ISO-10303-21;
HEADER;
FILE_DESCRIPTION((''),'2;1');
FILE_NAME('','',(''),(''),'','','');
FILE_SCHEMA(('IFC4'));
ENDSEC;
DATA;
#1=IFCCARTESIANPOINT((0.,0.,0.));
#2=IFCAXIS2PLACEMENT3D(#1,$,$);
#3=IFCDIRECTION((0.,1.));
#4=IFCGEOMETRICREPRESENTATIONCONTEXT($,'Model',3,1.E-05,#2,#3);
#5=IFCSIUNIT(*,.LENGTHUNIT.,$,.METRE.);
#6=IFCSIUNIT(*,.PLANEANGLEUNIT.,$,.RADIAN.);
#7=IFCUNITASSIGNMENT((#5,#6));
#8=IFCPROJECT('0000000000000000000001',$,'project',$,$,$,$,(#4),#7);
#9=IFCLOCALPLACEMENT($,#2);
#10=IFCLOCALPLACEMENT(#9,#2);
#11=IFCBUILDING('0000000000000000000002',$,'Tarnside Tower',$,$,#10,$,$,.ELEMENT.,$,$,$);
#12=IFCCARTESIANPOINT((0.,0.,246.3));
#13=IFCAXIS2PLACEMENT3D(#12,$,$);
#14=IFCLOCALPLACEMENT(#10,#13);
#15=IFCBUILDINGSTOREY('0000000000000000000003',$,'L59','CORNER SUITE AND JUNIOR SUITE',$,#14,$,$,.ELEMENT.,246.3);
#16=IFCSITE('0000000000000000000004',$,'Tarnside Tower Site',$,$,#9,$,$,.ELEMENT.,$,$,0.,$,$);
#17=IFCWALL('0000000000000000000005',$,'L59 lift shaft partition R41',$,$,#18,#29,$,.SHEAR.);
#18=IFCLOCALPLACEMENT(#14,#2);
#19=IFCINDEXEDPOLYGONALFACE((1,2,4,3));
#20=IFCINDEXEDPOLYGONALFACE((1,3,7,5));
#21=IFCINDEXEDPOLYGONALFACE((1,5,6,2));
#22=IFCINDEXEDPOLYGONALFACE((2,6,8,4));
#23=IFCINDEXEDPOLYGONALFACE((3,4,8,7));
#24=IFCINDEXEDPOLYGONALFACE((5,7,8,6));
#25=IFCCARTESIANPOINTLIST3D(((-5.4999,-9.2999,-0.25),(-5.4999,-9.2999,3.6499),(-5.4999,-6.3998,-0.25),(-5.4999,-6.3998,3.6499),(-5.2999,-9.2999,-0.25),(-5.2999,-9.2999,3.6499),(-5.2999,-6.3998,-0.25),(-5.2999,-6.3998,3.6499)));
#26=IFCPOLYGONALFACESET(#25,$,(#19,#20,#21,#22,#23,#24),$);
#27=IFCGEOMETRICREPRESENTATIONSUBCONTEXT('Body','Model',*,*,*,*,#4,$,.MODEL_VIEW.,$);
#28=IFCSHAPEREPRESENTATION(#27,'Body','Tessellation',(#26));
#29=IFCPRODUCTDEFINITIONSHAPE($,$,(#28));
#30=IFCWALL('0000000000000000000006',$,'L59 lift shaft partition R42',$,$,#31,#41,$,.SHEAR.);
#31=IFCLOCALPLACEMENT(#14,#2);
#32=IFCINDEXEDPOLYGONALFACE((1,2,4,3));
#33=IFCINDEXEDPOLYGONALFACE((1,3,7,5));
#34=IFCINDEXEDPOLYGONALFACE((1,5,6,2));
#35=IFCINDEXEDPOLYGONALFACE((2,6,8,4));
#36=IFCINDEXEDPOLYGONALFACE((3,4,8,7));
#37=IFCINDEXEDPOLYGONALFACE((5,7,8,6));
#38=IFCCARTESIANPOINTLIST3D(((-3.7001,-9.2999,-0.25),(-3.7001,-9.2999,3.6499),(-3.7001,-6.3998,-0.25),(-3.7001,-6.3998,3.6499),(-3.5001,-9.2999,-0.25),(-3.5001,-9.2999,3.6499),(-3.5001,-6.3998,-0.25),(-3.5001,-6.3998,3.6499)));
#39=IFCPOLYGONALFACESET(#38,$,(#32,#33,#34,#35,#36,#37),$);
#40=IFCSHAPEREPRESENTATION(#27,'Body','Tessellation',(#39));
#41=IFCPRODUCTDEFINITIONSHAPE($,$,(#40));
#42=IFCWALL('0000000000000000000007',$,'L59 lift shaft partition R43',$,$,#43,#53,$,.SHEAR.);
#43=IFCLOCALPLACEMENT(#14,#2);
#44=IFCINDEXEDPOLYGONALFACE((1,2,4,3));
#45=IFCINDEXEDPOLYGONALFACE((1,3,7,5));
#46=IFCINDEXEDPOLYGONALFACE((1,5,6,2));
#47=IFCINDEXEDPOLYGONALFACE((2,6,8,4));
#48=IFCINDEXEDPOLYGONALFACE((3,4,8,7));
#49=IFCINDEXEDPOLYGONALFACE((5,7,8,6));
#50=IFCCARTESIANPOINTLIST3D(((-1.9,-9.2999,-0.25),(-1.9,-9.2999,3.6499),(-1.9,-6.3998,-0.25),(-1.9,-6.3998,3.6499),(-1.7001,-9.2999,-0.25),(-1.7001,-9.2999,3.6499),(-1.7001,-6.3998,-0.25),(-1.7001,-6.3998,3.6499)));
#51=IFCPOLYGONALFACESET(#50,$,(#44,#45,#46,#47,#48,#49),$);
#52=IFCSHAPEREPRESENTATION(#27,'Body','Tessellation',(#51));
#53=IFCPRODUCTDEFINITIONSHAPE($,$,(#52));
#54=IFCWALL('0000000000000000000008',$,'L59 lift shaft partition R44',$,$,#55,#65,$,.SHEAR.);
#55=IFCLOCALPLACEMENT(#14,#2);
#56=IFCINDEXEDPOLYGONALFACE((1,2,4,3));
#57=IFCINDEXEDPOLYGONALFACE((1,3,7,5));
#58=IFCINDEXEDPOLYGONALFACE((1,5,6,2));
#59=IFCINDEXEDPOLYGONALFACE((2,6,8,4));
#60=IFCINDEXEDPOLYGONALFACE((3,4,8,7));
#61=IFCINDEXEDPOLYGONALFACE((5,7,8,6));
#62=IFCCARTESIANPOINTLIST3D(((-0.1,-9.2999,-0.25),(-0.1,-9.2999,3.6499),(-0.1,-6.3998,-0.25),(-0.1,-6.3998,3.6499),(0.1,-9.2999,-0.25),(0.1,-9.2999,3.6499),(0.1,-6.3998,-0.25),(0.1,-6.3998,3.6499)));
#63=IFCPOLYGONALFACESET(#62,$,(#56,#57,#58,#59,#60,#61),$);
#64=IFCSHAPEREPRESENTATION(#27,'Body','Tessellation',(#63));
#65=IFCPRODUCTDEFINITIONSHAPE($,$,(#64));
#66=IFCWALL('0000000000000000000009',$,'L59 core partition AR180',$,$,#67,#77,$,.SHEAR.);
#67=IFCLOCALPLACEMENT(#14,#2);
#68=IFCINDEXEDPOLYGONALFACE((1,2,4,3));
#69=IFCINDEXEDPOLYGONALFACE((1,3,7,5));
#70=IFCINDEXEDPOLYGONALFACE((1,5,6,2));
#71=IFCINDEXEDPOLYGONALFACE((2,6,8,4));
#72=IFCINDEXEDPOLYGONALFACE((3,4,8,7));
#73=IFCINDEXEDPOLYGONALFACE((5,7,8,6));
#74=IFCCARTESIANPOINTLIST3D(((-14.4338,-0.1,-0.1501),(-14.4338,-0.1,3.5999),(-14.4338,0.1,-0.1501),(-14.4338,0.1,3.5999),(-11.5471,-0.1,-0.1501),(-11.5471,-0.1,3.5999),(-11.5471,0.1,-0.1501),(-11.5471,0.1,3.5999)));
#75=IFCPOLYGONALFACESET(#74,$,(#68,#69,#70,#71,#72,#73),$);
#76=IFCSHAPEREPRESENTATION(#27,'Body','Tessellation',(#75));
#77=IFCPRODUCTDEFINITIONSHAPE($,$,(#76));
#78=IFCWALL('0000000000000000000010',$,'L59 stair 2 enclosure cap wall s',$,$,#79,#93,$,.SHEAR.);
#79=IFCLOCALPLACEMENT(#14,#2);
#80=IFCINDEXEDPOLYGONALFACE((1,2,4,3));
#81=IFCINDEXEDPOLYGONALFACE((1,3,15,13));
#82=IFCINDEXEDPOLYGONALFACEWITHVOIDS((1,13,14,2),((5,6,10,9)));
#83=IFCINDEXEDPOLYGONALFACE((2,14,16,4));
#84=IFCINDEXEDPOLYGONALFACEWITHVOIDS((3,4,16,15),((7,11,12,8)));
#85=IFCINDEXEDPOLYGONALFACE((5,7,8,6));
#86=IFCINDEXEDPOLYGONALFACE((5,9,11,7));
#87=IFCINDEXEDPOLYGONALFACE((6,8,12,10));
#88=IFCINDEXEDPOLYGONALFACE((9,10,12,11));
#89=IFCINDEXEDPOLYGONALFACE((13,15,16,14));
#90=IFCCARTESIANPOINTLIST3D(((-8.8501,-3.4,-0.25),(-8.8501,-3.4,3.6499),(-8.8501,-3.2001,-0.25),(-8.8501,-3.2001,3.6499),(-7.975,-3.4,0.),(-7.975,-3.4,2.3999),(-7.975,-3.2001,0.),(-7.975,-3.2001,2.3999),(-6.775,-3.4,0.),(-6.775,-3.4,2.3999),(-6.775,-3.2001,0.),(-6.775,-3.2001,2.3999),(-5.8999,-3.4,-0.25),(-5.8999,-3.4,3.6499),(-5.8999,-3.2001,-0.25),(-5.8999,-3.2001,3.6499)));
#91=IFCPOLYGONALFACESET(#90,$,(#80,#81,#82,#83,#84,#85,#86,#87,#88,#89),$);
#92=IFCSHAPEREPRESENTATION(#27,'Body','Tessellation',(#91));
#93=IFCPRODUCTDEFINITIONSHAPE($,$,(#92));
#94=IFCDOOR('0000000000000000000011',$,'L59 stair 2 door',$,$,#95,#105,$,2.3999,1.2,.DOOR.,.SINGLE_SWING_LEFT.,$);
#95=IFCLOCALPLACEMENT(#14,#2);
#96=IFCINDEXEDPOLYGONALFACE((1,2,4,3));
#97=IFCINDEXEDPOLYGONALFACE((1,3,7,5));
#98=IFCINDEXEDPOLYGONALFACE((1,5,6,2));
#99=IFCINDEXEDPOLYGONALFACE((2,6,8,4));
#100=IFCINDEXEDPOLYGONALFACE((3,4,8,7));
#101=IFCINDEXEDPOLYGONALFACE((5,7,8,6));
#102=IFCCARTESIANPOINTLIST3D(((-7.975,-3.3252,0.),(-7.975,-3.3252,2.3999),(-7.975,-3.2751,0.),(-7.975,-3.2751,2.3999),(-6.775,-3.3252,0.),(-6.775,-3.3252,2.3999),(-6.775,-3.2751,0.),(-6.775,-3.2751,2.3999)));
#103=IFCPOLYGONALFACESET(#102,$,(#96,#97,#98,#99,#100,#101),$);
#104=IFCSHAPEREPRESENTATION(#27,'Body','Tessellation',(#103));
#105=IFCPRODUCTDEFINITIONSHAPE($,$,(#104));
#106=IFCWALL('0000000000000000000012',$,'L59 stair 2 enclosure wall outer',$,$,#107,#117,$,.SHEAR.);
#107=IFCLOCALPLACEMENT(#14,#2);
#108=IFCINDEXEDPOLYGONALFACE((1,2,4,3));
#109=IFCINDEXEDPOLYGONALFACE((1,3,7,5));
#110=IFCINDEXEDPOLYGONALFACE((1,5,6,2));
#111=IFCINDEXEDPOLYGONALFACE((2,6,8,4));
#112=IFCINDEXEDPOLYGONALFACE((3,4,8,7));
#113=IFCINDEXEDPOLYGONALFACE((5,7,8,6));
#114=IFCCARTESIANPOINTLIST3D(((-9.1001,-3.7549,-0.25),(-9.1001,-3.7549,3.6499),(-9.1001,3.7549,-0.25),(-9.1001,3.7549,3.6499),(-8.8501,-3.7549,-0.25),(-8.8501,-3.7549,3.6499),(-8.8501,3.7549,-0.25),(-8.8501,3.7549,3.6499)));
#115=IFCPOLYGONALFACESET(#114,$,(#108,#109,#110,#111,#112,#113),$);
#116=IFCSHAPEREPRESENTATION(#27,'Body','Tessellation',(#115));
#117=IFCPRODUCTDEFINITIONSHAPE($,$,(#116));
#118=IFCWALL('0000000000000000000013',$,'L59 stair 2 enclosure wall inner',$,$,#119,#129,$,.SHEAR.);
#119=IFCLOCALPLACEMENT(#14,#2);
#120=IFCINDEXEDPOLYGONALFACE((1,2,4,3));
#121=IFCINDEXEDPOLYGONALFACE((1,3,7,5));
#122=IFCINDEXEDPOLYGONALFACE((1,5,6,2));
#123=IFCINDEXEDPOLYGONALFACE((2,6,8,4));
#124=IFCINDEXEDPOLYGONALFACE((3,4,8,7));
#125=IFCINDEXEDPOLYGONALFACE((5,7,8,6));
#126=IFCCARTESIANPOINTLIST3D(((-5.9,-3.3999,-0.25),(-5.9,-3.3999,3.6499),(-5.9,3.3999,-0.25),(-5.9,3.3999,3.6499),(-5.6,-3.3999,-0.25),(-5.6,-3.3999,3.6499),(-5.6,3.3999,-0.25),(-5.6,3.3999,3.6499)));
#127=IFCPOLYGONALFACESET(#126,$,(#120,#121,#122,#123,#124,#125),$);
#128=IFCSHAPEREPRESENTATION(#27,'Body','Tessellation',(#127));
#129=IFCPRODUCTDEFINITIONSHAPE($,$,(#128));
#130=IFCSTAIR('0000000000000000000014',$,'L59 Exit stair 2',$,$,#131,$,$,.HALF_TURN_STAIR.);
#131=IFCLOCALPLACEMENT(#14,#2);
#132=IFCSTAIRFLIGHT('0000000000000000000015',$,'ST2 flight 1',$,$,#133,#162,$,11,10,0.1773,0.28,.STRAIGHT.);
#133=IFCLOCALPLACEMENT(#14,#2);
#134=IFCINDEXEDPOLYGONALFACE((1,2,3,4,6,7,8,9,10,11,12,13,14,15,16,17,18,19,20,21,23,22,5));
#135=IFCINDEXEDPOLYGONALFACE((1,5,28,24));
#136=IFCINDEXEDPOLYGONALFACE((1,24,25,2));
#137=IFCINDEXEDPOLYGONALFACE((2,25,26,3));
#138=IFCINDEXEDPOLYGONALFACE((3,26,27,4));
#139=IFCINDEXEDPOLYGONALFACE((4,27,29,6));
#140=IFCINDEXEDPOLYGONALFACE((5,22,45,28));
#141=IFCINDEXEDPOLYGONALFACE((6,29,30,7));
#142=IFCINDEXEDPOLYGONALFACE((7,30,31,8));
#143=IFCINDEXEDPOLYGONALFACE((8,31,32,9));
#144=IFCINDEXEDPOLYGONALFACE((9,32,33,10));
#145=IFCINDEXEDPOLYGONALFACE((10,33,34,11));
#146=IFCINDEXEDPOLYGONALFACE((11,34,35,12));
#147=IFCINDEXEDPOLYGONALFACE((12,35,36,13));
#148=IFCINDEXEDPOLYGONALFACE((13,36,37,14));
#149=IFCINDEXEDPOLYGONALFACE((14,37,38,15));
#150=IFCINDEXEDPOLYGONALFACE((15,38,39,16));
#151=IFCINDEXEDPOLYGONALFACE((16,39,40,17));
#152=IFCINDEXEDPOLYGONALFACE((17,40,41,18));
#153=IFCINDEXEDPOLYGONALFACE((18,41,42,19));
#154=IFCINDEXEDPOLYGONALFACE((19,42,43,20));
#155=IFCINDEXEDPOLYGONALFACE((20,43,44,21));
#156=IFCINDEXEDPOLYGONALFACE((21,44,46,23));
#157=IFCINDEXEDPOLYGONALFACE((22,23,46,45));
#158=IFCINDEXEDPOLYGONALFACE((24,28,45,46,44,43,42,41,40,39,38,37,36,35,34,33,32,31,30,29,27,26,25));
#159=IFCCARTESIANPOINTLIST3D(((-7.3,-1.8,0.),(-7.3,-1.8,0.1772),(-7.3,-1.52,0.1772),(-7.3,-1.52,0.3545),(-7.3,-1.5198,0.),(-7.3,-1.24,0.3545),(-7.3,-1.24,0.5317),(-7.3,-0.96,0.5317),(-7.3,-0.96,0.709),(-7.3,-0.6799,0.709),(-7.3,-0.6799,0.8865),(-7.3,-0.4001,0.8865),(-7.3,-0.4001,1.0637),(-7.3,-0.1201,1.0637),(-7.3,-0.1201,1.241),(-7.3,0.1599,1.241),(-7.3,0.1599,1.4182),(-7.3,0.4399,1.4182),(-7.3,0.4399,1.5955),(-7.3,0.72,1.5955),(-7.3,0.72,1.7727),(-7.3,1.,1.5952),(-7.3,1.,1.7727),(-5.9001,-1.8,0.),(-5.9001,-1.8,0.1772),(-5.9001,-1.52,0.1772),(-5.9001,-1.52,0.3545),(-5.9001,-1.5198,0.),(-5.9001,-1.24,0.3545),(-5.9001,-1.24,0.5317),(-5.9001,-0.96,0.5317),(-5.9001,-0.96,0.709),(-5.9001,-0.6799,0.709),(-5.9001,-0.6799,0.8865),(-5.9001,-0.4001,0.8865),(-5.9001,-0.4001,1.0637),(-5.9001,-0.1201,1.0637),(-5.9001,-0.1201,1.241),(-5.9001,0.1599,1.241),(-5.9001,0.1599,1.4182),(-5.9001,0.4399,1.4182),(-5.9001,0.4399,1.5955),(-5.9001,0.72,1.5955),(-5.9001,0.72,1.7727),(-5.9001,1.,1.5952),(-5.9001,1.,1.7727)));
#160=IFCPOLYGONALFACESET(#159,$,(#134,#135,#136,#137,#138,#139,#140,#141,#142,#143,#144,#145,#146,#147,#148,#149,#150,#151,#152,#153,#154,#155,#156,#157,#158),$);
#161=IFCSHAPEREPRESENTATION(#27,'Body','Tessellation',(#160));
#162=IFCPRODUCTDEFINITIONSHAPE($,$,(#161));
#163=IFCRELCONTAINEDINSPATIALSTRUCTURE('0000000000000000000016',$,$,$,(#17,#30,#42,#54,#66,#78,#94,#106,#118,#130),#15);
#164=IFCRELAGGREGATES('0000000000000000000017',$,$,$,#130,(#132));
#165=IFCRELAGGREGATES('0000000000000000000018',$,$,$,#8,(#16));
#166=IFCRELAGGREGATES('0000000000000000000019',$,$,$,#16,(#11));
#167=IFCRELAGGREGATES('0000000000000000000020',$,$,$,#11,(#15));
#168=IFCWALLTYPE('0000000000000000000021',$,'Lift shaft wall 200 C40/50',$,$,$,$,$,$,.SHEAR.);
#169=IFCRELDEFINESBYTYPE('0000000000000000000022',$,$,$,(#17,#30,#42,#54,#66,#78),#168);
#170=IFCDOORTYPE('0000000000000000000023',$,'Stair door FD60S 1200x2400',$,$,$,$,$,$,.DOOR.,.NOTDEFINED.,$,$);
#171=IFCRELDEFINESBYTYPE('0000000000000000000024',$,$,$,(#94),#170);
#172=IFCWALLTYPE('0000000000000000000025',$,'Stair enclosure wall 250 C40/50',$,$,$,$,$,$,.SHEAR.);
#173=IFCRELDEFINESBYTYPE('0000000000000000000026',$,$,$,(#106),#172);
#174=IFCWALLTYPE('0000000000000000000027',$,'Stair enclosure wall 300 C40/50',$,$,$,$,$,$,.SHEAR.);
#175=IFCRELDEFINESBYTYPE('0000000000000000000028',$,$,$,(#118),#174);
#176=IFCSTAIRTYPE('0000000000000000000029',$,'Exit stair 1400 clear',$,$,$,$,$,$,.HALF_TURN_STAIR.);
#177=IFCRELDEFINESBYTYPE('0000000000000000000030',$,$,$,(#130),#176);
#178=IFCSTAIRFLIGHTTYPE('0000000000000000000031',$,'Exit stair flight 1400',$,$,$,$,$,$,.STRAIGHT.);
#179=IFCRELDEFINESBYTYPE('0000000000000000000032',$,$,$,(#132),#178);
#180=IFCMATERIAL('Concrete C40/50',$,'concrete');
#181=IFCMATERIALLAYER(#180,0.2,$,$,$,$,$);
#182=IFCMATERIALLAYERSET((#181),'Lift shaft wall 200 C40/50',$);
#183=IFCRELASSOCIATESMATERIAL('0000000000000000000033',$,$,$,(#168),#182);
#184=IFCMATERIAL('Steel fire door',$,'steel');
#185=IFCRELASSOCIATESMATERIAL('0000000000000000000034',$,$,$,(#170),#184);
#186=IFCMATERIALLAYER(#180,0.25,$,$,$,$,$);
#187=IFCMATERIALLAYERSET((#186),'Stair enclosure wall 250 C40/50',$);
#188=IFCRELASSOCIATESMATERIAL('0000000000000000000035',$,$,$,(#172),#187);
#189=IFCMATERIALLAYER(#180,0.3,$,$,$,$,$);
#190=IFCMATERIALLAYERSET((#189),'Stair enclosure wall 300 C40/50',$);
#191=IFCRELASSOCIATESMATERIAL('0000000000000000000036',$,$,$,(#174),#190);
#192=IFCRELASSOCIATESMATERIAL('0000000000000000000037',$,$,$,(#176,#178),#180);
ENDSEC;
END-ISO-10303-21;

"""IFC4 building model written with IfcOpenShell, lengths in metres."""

from ifc_helpers import new_model, si_unit, direction, frame, frame_2d, origin, place, context, subcontext, project, spatial, polyline, rectangle, outline, extrude, material, layer, layer_set, type_object, element, fill, aggregate, save


model = new_model("IFC4")

# Units and contexts
model_context = context("Model", 3, precision=1e-05, world=origin(), true_north=direction((0.0, 1.0)))
body_context = subcontext(model_context, "Body", "Model", "MODEL_VIEW")
ifc_project = project(units=[si_unit("LENGTHUNIT", "METRE"), si_unit("PLANEANGLEUNIT", "RADIAN")], contexts=[model_context])

# Site, building, storey
site_placement = place(None, origin())
site = spatial("IfcSite", under=ifc_project, at=site_placement, Name="Tarnside Tower Site", CompositionType="ELEMENT", RefElevation=0.0)
building_placement = place(site_placement, origin())
building = spatial("IfcBuilding", under=site, at=building_placement, Name="Tarnside Tower", CompositionType="ELEMENT")
storey_placement = place(building_placement, frame((0.0, 0.0, 246.3)))
storey = spatial("IfcBuildingStorey", under=building, at=storey_placement, Name="L59", Description="CORNER SUITE AND JUNIOR SUITE", CompositionType="ELEMENT", Elevation=246.3)

# Shared definitions
ifc_material_1 = material(Name="Concrete C40/50", Category="concrete")

# Shared definitions
ifc_layer_1 = layer(ifc_material_1, 0.2)
ifc_layer_set_1 = layer_set([ifc_layer_1], Name="Lift shaft wall 200 C40/50")
wall_type_1 = type_object("IfcWallType", Name="Lift shaft wall 200 C40/50", PredefinedType="SHEAR", material=ifc_layer_set_1)

# Walls
for number, where, z_axis, x_axis, name in (
    (1, (-5.3999, -9.3, -0.25), (0.0, 0.0, 1.0), (0.0, 1.0, 0.0), "L59 lift shaft partition R41"),
    (2, (-3.6001, -9.3, -0.25), (0.0, 0.0, 1.0), (0.0, 1.0, 0.0), "L59 lift shaft partition R42"),
    (3, (-1.8, -9.3, -0.25), (0.0, 0.0, 1.0), (0.0, 1.0, 0.0), "L59 lift shaft partition R43"),
    (4, (0.0, -9.3, -0.25), (0.0, 0.0, 1.0), (0.0, 1.0, 0.0), "L59 lift shaft partition R44"),
):
    element("IfcWall", number, at=place(storey_placement, frame(where, z_axis=z_axis, x_axis=x_axis)), inside=storey, type_object=wall_type_1, Name=name, PredefinedType="SHEAR", context=body_context, shape_type="SweptSolid", body=[
        extrude(rectangle(XDim=2.9001, YDim=0.2, at=frame_2d((1.4502, 0.0))), origin(), (0.0, 0.0, 1.0), 3.8999),
    ])
wall_1_placement = place(storey_placement, frame((-11.5471, 0.0, -0.1501), z_axis=(0.0, 0.0, 1.0), x_axis=(-1.0, 0.0, 0.0)))
element("IfcWall", 5, at=wall_1_placement, inside=storey, type_object=wall_type_1, Name="L59 core partition AR180", PredefinedType="SHEAR", context=body_context, shape_type="SweptSolid", body=[
    extrude(rectangle(XDim=2.8867, YDim=0.2, at=frame_2d((1.4434, 0.0))), origin(), (0.0, 0.0, 1.0), 3.75),
])

# Wall, opening, door
wall_2_placement = place(storey_placement, frame((-8.8501, -3.3, -0.25), z_axis=(0.0, 0.0, 1.0), x_axis=(1.0, 0.0, 0.0)))
wall_2 = element("IfcWall", 6, at=wall_2_placement, inside=storey, type_object=wall_type_1, Name="L59 stair 2 enclosure cap wall s", PredefinedType="SHEAR", context=body_context, shape_type="SweptSolid", body=[
    extrude(rectangle(XDim=2.9502, YDim=0.2, at=frame_2d((1.4751, 0.0))), origin(), (0.0, 0.0, 1.0), 3.8999),
])
opening_1_placement = place(wall_2_placement, frame((0.875, 0.0, 0.25)))
opening_1 = element("IfcOpeningElement", 7, at=opening_1_placement, cuts=wall_2, PredefinedType="OPENING", context=body_context, shape_type="SweptSolid", body=[
    extrude(rectangle(XDim=1.2, YDim=2.3999, at=frame_2d((0.6001, 1.2))), frame((0.0, 0.1099, 0.0), z_axis=(0.0, -1.0, 0.0), x_axis=(1.0, 0.0, 0.0)), (0.0, 0.0, 1.0), 0.22),
])
ifc_material_2 = material(Name="Steel fire door", Category="steel")
door_type_1 = type_object("IfcDoorType", Name="Stair door FD60S 1200x2400", OperationType="NOTDEFINED", PredefinedType="DOOR", material=ifc_material_2)
door_1_placement = place(opening_1_placement, origin())
door_1 = element("IfcDoor", 8, at=door_1_placement, inside=storey, type_object=door_type_1, Name="L59 stair 2 door", OperationType="SINGLE_SWING_LEFT", OverallHeight=2.3999, OverallWidth=1.2, PredefinedType="DOOR", context=body_context, shape_type="SweptSolid", body=[
    extrude(rectangle(XDim=1.2, YDim=2.3999, at=frame_2d((0.6001, 1.2))), frame((0.0, 0.0249, 0.0), z_axis=(0.0, -1.0, 0.0), x_axis=(1.0, 0.0, 0.0)), (0.0, 0.0, 1.0), 0.05),
])
fill(opening_1, door_1)

# Walls
ifc_layer_2 = layer(ifc_material_1, 0.25)
ifc_layer_set_2 = layer_set([ifc_layer_2], Name="Stair enclosure wall 250 C40/50")
wall_type_2 = type_object("IfcWallType", Name="Stair enclosure wall 250 C40/50", PredefinedType="SHEAR", material=ifc_layer_set_2)
wall_3_placement = place(storey_placement, frame((-8.9751, -3.7549, -0.25), z_axis=(0.0, 0.0, 1.0), x_axis=(0.0, 1.0, 0.0)))
element("IfcWall", 9, at=wall_3_placement, inside=storey, type_object=wall_type_2, Name="L59 stair 2 enclosure wall outer", PredefinedType="SHEAR", context=body_context, shape_type="SweptSolid", body=[
    extrude(rectangle(XDim=7.5098, YDim=0.25, at=frame_2d((3.7549, 0.0))), origin(), (0.0, 0.0, 1.0), 3.8999),
])
ifc_layer_3 = layer(ifc_material_1, 0.3)
ifc_layer_set_3 = layer_set([ifc_layer_3], Name="Stair enclosure wall 300 C40/50")
wall_type_3 = type_object("IfcWallType", Name="Stair enclosure wall 300 C40/50", PredefinedType="SHEAR", material=ifc_layer_set_3)
wall_4_placement = place(storey_placement, frame((-5.75, -3.3999, -0.25), z_axis=(0.0, 0.0, 1.0), x_axis=(0.0, 1.0, 0.0)))
element("IfcWall", 10, at=wall_4_placement, inside=storey, type_object=wall_type_3, Name="L59 stair 2 enclosure wall inner", PredefinedType="SHEAR", context=body_context, shape_type="SweptSolid", body=[
    extrude(rectangle(XDim=6.7998, YDim=0.3, at=frame_2d((3.3999, 0.0))), origin(), (0.0, 0.0, 1.0), 3.8999),
])

# Stair, stair flight
stair_type = type_object("IfcStairType", Name="Exit stair 1400 clear", PredefinedType="HALF_TURN_STAIR", material=ifc_material_1)
stair_placement = place(storey_placement, origin())
stair = element("IfcStair", 11, at=stair_placement, inside=storey, type_object=stair_type, Name="L59 Exit stair 2", PredefinedType="HALF_TURN_STAIR")
stair_flight_type = type_object("IfcStairFlightType", Name="Exit stair flight 1400", PredefinedType="STRAIGHT", material=ifc_material_1)
stair_flight_placement = place(storey_placement, frame((-6.6001, -1.8, 0.0), z_axis=(0.0, 0.0, 1.0), x_axis=(0.0, 1.0, 0.0)))
stair_flight = element("IfcStairFlight", 12, at=stair_flight_placement, type_object=stair_flight_type, Name="ST2 flight 1", NumberOfRisers=11, NumberOfTreads=10, PredefinedType="STRAIGHT", RiserHeight=0.1773, TreadLength=0.28, context=body_context, shape_type="SweptSolid", body=[
    extrude(outline(polyline([(0.0, 0.0), (0.0, 0.1772), (0.28, 0.1772), (0.28, 0.3545), (0.5601, 0.3545), (0.5601, 0.5317), (0.8401, 0.5317), (0.8401, 0.709), (1.1201, 0.709), (1.1201, 0.8865), (1.3999, 0.8865), (1.3999, 1.0637), (1.6799, 1.0637), (1.6799, 1.241), (1.96, 1.241), (1.96, 1.4182), (2.24, 1.4182), (2.24, 1.5955), (2.52, 1.5955), (2.52, 1.7727), (2.8, 1.7727), (2.8, 1.95), (2.8, 1.5952), (0.2803, 0.0), (0.0, 0.0)])), frame((0.0, 0.7, 0.0), z_axis=(0.0, -1.0, 0.0), x_axis=(1.0, 0.0, 0.0)), (0.0, 0.0, 1.0), 1.3999),
])
aggregate(stair, [stair_flight])

save(model, "model.ifc")
